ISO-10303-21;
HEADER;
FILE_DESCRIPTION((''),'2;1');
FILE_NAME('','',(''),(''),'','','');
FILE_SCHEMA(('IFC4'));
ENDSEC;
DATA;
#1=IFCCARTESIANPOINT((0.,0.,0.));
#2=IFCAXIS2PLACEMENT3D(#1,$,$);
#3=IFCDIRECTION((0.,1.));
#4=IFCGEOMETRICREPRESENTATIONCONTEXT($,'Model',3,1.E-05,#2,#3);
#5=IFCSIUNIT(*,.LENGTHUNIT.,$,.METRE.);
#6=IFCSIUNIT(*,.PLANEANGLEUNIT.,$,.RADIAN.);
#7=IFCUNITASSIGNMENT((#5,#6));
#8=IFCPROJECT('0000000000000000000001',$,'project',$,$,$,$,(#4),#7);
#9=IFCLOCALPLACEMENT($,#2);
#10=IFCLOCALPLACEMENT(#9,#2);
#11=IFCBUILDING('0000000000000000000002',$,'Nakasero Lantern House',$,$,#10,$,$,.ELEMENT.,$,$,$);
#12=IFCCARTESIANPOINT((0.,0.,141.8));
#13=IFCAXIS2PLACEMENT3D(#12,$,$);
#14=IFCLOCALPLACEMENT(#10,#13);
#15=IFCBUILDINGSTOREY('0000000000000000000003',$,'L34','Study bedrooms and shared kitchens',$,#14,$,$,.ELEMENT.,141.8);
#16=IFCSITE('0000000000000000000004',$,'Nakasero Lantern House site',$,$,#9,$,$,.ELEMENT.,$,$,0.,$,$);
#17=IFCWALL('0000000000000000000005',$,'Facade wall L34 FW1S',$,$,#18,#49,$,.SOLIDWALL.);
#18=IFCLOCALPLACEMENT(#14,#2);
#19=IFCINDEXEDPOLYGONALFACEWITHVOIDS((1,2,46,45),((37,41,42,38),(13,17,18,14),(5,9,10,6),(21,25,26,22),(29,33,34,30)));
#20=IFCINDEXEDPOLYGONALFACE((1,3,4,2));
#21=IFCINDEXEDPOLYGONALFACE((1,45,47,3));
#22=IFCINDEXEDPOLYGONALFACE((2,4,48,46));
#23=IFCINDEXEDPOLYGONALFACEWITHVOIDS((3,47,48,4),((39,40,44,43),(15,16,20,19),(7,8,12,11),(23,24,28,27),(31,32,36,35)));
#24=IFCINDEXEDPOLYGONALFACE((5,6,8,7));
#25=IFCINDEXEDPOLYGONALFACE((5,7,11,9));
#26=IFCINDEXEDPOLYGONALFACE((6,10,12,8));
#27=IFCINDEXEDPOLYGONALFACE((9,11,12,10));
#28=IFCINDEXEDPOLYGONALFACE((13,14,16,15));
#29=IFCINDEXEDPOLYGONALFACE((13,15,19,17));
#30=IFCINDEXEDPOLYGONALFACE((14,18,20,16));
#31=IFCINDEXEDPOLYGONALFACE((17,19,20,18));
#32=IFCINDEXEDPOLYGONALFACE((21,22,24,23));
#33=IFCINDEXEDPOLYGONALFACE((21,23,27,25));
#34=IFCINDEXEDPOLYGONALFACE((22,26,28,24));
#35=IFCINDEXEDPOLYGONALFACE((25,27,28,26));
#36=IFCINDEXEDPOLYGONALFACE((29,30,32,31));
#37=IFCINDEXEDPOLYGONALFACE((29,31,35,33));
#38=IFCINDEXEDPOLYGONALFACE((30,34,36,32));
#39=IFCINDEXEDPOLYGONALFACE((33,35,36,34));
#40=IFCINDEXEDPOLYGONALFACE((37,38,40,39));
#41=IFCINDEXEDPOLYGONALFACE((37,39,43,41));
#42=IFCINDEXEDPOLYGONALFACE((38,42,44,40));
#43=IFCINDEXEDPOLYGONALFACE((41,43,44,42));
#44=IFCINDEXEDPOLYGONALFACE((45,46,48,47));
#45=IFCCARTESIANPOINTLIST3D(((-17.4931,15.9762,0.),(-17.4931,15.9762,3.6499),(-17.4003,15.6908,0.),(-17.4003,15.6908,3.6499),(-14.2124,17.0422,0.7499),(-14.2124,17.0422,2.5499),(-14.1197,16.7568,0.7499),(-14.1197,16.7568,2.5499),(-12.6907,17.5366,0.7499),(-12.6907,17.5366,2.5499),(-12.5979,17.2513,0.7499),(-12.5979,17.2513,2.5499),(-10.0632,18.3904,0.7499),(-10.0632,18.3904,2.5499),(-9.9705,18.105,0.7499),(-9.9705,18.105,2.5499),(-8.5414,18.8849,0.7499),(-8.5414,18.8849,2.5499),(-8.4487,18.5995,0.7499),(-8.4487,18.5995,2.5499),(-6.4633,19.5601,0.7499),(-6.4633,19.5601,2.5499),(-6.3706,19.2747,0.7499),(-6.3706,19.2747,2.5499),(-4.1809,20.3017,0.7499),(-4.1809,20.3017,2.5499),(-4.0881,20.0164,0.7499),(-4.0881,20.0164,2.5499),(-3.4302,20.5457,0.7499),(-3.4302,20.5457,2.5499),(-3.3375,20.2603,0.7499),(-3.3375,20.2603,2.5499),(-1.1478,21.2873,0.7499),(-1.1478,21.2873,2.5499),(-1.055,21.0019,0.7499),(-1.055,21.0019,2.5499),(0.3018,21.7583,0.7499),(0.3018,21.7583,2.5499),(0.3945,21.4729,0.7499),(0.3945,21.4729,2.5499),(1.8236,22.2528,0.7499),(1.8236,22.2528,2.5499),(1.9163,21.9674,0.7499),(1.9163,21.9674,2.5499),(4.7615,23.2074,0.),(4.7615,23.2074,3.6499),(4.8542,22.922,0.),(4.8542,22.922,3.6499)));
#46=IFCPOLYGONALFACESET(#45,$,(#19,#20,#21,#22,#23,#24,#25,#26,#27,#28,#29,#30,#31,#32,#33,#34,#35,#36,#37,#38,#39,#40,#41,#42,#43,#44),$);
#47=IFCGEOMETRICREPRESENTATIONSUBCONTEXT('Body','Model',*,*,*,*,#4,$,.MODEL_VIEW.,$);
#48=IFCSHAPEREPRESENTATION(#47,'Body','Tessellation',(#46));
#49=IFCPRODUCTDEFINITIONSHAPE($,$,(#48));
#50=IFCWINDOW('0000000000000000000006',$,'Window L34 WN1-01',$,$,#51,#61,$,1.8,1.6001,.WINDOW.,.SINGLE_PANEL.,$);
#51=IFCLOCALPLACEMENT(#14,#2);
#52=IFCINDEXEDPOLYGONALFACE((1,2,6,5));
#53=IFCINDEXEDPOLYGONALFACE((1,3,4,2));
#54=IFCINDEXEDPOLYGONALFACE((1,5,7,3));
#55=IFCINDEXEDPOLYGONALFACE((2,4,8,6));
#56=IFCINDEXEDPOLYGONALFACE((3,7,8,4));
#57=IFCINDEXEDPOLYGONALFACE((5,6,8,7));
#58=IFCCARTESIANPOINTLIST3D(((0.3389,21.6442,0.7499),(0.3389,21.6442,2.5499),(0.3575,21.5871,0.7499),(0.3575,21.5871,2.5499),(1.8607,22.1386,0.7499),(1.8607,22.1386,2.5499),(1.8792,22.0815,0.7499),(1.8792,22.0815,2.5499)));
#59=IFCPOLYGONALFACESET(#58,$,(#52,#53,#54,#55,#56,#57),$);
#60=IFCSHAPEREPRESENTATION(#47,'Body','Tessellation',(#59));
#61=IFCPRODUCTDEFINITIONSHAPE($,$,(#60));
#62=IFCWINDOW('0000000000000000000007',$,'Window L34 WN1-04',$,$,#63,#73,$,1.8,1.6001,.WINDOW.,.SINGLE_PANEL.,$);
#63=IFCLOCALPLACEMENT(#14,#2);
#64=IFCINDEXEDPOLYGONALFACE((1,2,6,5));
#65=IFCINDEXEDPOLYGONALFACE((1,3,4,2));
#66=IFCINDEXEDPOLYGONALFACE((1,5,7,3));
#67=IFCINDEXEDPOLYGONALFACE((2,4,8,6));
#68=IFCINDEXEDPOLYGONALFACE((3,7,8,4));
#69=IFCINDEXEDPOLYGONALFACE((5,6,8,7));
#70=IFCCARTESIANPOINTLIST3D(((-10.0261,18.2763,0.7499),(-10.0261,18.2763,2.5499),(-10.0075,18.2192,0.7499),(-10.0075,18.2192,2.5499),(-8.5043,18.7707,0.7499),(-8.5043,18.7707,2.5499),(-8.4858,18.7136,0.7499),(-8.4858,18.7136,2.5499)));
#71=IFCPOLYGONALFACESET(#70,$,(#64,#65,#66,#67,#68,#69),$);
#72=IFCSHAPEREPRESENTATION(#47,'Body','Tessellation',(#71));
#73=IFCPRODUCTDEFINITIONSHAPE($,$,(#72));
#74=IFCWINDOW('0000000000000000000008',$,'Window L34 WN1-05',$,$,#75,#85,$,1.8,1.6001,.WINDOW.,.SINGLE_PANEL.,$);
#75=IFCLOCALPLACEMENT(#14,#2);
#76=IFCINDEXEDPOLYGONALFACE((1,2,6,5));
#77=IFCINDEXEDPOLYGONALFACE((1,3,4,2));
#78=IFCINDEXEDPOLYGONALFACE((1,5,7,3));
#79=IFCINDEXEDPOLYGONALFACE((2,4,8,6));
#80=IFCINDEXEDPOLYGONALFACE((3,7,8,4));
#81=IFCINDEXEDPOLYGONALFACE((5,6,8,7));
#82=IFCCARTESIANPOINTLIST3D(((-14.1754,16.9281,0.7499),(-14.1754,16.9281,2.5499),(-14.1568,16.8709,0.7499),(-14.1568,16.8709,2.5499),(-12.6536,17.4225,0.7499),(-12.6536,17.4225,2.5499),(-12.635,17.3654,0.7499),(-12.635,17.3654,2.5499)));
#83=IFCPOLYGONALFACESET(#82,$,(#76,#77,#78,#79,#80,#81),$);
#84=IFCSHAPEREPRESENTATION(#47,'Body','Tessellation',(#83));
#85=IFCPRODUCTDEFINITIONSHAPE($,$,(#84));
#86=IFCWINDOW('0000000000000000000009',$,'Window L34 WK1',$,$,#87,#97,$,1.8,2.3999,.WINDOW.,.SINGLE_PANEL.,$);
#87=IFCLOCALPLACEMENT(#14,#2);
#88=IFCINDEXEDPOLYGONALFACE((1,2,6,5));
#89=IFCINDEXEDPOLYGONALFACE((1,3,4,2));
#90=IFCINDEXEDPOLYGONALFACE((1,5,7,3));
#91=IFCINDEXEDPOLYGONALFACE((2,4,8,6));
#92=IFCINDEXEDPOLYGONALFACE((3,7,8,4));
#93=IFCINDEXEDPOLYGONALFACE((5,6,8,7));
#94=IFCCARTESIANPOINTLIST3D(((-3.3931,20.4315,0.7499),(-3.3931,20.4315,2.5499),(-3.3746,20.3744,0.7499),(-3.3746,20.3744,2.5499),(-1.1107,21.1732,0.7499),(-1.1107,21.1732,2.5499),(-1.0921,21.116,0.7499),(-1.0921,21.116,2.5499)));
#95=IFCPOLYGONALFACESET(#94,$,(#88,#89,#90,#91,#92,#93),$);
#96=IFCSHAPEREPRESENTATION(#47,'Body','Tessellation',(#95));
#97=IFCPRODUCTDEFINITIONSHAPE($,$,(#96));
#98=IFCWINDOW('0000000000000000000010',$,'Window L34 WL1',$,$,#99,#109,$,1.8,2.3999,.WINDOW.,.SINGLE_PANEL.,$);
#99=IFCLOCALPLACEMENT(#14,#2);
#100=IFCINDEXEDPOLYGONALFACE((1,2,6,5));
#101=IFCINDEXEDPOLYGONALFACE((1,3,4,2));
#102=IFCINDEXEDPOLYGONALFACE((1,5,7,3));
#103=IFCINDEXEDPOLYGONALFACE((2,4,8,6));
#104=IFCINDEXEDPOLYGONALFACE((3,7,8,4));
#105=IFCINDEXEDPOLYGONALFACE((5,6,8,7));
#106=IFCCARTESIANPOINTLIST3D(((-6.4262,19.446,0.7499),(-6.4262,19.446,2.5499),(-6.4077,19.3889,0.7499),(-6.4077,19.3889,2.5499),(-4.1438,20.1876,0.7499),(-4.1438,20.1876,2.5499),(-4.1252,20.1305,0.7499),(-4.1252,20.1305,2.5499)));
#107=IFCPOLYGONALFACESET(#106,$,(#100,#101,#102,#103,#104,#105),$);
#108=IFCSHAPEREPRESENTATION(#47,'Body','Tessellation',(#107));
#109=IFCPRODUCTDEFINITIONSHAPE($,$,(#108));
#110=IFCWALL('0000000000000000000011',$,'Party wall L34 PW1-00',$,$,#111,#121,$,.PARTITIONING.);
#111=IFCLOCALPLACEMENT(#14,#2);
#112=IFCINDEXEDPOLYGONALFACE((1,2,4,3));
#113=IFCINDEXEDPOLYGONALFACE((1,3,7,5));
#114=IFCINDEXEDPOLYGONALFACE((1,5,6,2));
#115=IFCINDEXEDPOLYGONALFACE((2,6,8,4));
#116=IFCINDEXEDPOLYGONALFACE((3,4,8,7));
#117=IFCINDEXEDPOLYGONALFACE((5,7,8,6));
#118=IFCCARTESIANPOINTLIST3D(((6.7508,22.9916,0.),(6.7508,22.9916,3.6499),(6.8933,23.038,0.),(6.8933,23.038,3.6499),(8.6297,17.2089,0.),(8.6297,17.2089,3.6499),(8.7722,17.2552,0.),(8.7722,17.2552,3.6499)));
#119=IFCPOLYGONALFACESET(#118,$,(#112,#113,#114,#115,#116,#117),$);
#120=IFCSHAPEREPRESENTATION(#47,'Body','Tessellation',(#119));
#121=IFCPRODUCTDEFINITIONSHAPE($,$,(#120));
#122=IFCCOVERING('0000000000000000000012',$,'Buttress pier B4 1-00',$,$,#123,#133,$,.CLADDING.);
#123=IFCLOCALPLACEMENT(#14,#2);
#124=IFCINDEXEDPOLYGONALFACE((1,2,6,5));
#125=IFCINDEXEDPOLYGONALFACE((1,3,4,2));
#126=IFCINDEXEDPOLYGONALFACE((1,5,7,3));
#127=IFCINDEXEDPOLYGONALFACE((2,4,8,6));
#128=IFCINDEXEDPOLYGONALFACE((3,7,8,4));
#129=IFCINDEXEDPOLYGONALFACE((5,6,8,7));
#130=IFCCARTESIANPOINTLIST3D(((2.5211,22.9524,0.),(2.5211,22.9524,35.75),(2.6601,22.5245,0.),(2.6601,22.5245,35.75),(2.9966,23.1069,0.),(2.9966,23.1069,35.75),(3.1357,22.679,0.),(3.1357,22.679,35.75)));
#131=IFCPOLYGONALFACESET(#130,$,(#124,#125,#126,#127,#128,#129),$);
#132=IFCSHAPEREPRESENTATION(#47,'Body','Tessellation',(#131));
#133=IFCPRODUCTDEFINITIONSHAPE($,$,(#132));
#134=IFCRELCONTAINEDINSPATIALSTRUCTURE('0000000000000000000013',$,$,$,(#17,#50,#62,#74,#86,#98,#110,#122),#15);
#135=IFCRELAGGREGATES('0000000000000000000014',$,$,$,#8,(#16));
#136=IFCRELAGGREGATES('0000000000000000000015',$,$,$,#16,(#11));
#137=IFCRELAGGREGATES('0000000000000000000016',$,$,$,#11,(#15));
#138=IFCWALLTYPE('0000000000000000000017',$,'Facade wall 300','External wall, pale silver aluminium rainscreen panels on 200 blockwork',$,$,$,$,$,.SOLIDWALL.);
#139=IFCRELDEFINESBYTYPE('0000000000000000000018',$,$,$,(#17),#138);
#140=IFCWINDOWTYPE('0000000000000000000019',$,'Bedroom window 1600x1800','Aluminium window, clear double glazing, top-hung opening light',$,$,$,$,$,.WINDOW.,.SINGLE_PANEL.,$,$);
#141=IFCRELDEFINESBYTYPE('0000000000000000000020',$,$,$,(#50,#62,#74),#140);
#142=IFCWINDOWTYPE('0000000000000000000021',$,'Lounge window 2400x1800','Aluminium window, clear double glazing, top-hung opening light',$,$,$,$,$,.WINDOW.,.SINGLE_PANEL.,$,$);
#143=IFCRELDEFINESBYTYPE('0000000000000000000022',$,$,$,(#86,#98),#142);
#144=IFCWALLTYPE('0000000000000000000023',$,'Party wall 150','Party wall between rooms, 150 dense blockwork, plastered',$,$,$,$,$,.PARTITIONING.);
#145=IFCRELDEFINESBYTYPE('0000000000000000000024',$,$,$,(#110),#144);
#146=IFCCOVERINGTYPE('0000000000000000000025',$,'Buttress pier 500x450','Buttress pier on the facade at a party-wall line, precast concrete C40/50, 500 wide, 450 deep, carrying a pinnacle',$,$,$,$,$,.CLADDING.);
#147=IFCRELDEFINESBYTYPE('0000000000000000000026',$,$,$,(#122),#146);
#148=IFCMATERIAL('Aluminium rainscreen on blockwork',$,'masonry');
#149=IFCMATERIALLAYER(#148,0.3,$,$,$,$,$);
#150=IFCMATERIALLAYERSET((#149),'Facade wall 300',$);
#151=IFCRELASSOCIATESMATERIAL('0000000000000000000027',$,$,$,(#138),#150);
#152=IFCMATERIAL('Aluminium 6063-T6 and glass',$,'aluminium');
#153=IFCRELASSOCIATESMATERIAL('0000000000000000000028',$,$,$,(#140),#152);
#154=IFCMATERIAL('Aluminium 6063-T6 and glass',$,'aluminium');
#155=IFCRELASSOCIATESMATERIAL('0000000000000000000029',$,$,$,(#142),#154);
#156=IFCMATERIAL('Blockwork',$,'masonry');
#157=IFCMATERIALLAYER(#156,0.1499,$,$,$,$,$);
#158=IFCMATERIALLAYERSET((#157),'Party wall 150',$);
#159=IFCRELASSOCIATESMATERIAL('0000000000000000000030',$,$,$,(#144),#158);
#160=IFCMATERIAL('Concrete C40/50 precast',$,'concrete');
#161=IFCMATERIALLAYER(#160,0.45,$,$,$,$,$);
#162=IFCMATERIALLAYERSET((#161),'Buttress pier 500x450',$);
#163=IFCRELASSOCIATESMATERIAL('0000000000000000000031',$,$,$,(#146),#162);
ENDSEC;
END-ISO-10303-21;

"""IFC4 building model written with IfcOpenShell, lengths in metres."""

from ifc_helpers import new_model, si_unit, direction, frame, frame_2d, origin, origin_2d, place, context, subcontext, project, spatial, rectangle, extrude, material, layer, layer_set, type_object, element, fill, save


model = new_model("IFC4")

# Units and contexts
model_context = context("Model", 3, precision=1e-05, world=origin(), true_north=direction((0.0, 1.0)))
body_context = subcontext(model_context, "Body", "Model", "MODEL_VIEW")
ifc_project = project(units=[si_unit("LENGTHUNIT", "METRE"), si_unit("PLANEANGLEUNIT", "RADIAN")], contexts=[model_context])

# Site, building, storey
site_placement = place(None, origin())
site = spatial("IfcSite", under=ifc_project, at=site_placement, Name="Nakasero Lantern House site", CompositionType="ELEMENT", RefElevation=0.0)
building_placement = place(site_placement, origin())
building = spatial("IfcBuilding", under=site, at=building_placement, Name="Nakasero Lantern House", CompositionType="ELEMENT")
storey_placement = place(building_placement, frame((0.0, 0.0, 141.8)))
storey = spatial("IfcBuildingStorey", under=building, at=storey_placement, Name="L34", Description="Study bedrooms and shared kitchens", CompositionType="ELEMENT", Elevation=141.8)

# Wall, openings, windows
ifc_material_1 = material(Name="Aluminium rainscreen on blockwork", Category="masonry")
ifc_layer_1 = layer(ifc_material_1, 0.3)
ifc_layer_set_1 = layer_set([ifc_layer_1], Name="Facade wall 300")
wall_type_1 = type_object("IfcWallType", Name="Facade wall 300", Description="External wall, pale silver aluminium rainscreen panels on 200 blockwork", PredefinedType="SOLIDWALL", material=ifc_layer_set_1)
wall_1_placement = place(storey_placement, frame((4.8079, 23.0647, 0.0), z_axis=(0.0, 0.0, 1.0), x_axis=(-0.951054, -0.309026, 0.0)))
wall_1 = element("IfcWall", 1, at=wall_1_placement, inside=storey, type_object=wall_type_1, Name="Facade wall L34 FW1S", PredefinedType="SOLIDWALL", context=body_context, shape_type="SweptSolid", body=[
    extrude(rectangle(XDim=23.3999, YDim=0.3, at=frame_2d((11.7, 0.0))), origin(), (0.0, 0.0, 1.0), 3.6499),
])
opening_1_placement = place(wall_1_placement, frame((3.0891, 0.0, 0.75)))
opening_1 = element("IfcOpeningElement", 2, at=opening_1_placement, cuts=wall_1, PredefinedType="OPENING", context=body_context, shape_type="SweptSolid", body=[
    extrude(rectangle(XDim=1.6001, YDim=1.8, at=frame_2d((0.8, 0.8999))), frame((0.0, 0.1699, 0.0), z_axis=(0.0, -1.0, 0.0), x_axis=(1.0, 0.0, 0.0)), (0.0, 0.0, 1.0), 0.3401),
])
opening_2_placement = place(wall_1_placement, frame((13.9875, 0.0, 0.75)))
opening_2 = element("IfcOpeningElement", 3, at=opening_2_placement, cuts=wall_1, PredefinedType="OPENING", context=body_context, shape_type="SweptSolid", body=[
    extrude(rectangle(XDim=1.6001, YDim=1.8, at=frame_2d((0.8, 0.8999))), frame((0.0, 0.1699, 0.0), z_axis=(0.0, -1.0, 0.0), x_axis=(1.0, 0.0, 0.0)), (0.0, 0.0, 1.0), 0.3401),
])
opening_3_placement = place(wall_1_placement, frame((18.3503, 0.0, 0.75)))
opening_3 = element("IfcOpeningElement", 4, at=opening_3_placement, cuts=wall_1, PredefinedType="OPENING", context=body_context, shape_type="SweptSolid", body=[
    extrude(rectangle(XDim=1.6001, YDim=1.8, at=frame_2d((0.8, 0.8999))), frame((0.0, 0.1699, 0.0), z_axis=(0.0, -1.0, 0.0), x_axis=(1.0, 0.0, 0.0)), (0.0, 0.0, 1.0), 0.3401),
])
opening_4_placement = place(wall_1_placement, frame((6.2134, 0.0, 0.75)))
opening_4 = element("IfcOpeningElement", 5, at=opening_4_placement, cuts=wall_1, PredefinedType="OPENING", context=body_context, shape_type="SweptSolid", body=[
    extrude(rectangle(XDim=2.3999, YDim=1.8, at=frame_2d((1.2, 0.8999))), frame((0.0, 0.1699, 0.0), z_axis=(0.0, -1.0, 0.0), x_axis=(1.0, 0.0, 0.0)), (0.0, 0.0, 1.0), 0.3401),
])
opening_5_placement = place(wall_1_placement, frame((9.4026, 0.0, 0.75)))
opening_5 = element("IfcOpeningElement", 6, at=opening_5_placement, cuts=wall_1, PredefinedType="OPENING", context=body_context, shape_type="SweptSolid", body=[
    extrude(rectangle(XDim=2.3999, YDim=1.8, at=frame_2d((1.2, 0.8999))), frame((0.0, 0.1699, 0.0), z_axis=(0.0, -1.0, 0.0), x_axis=(1.0, 0.0, 0.0)), (0.0, 0.0, 1.0), 0.3401),
])
ifc_material_2 = material(Name="Aluminium 6063-T6 and glass", Category="aluminium")
window_type_1 = type_object("IfcWindowType", Name="Bedroom window 1600x1800", Description="Aluminium window, clear double glazing, top-hung opening light", PartitioningType="SINGLE_PANEL", PredefinedType="WINDOW", material=ifc_material_2)
window_1_placement = place(opening_1_placement, origin())
window_1 = element("IfcWindow", 7, at=window_1_placement, inside=storey, type_object=window_type_1, Name="Window L34 WN1-01", OverallHeight=1.8, OverallWidth=1.6001, PartitioningType="SINGLE_PANEL", PredefinedType="WINDOW", context=body_context, shape_type="SweptSolid", body=[
    extrude(rectangle(XDim=1.6001, YDim=1.8, at=frame_2d((0.8, 0.8999))), frame((0.0, 0.03, 0.0), z_axis=(0.0, -1.0, 0.0), x_axis=(1.0, 0.0, 0.0)), (0.0, 0.0, 1.0), 0.0601),
])
fill(opening_1, window_1)
window_2_placement = place(opening_2_placement, origin())
window_2 = element("IfcWindow", 8, at=window_2_placement, inside=storey, type_object=window_type_1, Name="Window L34 WN1-04", OverallHeight=1.8, OverallWidth=1.6001, PartitioningType="SINGLE_PANEL", PredefinedType="WINDOW", context=body_context, shape_type="SweptSolid", body=[
    extrude(rectangle(XDim=1.6001, YDim=1.8, at=frame_2d((0.8, 0.8999))), frame((0.0, 0.03, 0.0), z_axis=(0.0, -1.0, 0.0), x_axis=(1.0, 0.0, 0.0)), (0.0, 0.0, 1.0), 0.0601),
])
fill(opening_2, window_2)
window_3_placement = place(opening_3_placement, origin())
window_3 = element("IfcWindow", 9, at=window_3_placement, inside=storey, type_object=window_type_1, Name="Window L34 WN1-05", OverallHeight=1.8, OverallWidth=1.6001, PartitioningType="SINGLE_PANEL", PredefinedType="WINDOW", context=body_context, shape_type="SweptSolid", body=[
    extrude(rectangle(XDim=1.6001, YDim=1.8, at=frame_2d((0.8, 0.8999))), frame((0.0, 0.03, 0.0), z_axis=(0.0, -1.0, 0.0), x_axis=(1.0, 0.0, 0.0)), (0.0, 0.0, 1.0), 0.0601),
])
fill(opening_3, window_3)
ifc_material_3 = material(Name="Aluminium 6063-T6 and glass", Category="aluminium")
window_type_2 = type_object("IfcWindowType", Name="Lounge window 2400x1800", Description="Aluminium window, clear double glazing, top-hung opening light", PartitioningType="SINGLE_PANEL", PredefinedType="WINDOW", material=ifc_material_3)
window_4_placement = place(opening_4_placement, origin())
window_4 = element("IfcWindow", 10, at=window_4_placement, inside=storey, type_object=window_type_2, Name="Window L34 WK1", OverallHeight=1.8, OverallWidth=2.3999, PartitioningType="SINGLE_PANEL", PredefinedType="WINDOW", context=body_context, shape_type="SweptSolid", body=[
    extrude(rectangle(XDim=2.3999, YDim=1.8, at=frame_2d((1.2, 0.8999))), frame((0.0, 0.03, 0.0), z_axis=(0.0, -1.0, 0.0), x_axis=(1.0, 0.0, 0.0)), (0.0, 0.0, 1.0), 0.0601),
])
fill(opening_4, window_4)
window_5_placement = place(opening_5_placement, origin())
window_5 = element("IfcWindow", 11, at=window_5_placement, inside=storey, type_object=window_type_2, Name="Window L34 WL1", OverallHeight=1.8, OverallWidth=2.3999, PartitioningType="SINGLE_PANEL", PredefinedType="WINDOW", context=body_context, shape_type="SweptSolid", body=[
    extrude(rectangle(XDim=2.3999, YDim=1.8, at=frame_2d((1.2, 0.8999))), frame((0.0, 0.03, 0.0), z_axis=(0.0, -1.0, 0.0), x_axis=(1.0, 0.0, 0.0)), (0.0, 0.0, 1.0), 0.0601),
])
fill(opening_5, window_5)

# Wall
ifc_material_4 = material(Name="Blockwork", Category="masonry")
ifc_layer_2 = layer(ifc_material_4, 0.1499)
ifc_layer_set_2 = layer_set([ifc_layer_2], Name="Party wall 150")
wall_type_2 = type_object("IfcWallType", Name="Party wall 150", Description="Party wall between rooms, 150 dense blockwork, plastered", PredefinedType="PARTITIONING", material=ifc_layer_set_2)
wall_2_placement = place(storey_placement, frame((8.7009, 17.2322, 0.0), z_axis=(0.0, 0.0, 1.0), x_axis=(-0.309015, 0.951057, 0.0)))
element("IfcWall", 12, at=wall_2_placement, inside=storey, type_object=wall_type_2, Name="Party wall L34 PW1-00", PredefinedType="PARTITIONING", context=body_context, shape_type="SweptSolid", body=[
    extrude(rectangle(XDim=6.0803, YDim=0.1499, at=frame_2d((3.04, 0.0))), origin(), (0.0, 0.0, 1.0), 3.6499),
])

# Covering
ifc_material_5 = material(Name="Concrete C40/50 precast", Category="concrete")
ifc_layer_3 = layer(ifc_material_5, 0.45)
ifc_layer_set_3 = layer_set([ifc_layer_3], Name="Buttress pier 500x450")
covering_type = type_object("IfcCoveringType", Name="Buttress pier 500x450", Description="Buttress pier on the facade at a party-wall line, precast concrete C40/50, 500 wide, 450 deep, carrying a pinnacle", PredefinedType="CLADDING", material=ifc_layer_set_3)
covering_placement = place(storey_placement, frame((2.8284, 22.8157, 0.0), z_axis=(0.0, 0.0, 1.0), x_axis=(-0.309017, 0.951057, 0.0)))
element("IfcCovering", 13, at=covering_placement, inside=storey, type_object=covering_type, Name="Buttress pier B4 1-00", PredefinedType="CLADDING", context=body_context, shape_type="SweptSolid", body=[
    extrude(rectangle(XDim=0.45, YDim=0.5, at=origin_2d()), origin(), (0.0, 0.0, 1.0), 35.75),
])

save(model, "model.ifc")
